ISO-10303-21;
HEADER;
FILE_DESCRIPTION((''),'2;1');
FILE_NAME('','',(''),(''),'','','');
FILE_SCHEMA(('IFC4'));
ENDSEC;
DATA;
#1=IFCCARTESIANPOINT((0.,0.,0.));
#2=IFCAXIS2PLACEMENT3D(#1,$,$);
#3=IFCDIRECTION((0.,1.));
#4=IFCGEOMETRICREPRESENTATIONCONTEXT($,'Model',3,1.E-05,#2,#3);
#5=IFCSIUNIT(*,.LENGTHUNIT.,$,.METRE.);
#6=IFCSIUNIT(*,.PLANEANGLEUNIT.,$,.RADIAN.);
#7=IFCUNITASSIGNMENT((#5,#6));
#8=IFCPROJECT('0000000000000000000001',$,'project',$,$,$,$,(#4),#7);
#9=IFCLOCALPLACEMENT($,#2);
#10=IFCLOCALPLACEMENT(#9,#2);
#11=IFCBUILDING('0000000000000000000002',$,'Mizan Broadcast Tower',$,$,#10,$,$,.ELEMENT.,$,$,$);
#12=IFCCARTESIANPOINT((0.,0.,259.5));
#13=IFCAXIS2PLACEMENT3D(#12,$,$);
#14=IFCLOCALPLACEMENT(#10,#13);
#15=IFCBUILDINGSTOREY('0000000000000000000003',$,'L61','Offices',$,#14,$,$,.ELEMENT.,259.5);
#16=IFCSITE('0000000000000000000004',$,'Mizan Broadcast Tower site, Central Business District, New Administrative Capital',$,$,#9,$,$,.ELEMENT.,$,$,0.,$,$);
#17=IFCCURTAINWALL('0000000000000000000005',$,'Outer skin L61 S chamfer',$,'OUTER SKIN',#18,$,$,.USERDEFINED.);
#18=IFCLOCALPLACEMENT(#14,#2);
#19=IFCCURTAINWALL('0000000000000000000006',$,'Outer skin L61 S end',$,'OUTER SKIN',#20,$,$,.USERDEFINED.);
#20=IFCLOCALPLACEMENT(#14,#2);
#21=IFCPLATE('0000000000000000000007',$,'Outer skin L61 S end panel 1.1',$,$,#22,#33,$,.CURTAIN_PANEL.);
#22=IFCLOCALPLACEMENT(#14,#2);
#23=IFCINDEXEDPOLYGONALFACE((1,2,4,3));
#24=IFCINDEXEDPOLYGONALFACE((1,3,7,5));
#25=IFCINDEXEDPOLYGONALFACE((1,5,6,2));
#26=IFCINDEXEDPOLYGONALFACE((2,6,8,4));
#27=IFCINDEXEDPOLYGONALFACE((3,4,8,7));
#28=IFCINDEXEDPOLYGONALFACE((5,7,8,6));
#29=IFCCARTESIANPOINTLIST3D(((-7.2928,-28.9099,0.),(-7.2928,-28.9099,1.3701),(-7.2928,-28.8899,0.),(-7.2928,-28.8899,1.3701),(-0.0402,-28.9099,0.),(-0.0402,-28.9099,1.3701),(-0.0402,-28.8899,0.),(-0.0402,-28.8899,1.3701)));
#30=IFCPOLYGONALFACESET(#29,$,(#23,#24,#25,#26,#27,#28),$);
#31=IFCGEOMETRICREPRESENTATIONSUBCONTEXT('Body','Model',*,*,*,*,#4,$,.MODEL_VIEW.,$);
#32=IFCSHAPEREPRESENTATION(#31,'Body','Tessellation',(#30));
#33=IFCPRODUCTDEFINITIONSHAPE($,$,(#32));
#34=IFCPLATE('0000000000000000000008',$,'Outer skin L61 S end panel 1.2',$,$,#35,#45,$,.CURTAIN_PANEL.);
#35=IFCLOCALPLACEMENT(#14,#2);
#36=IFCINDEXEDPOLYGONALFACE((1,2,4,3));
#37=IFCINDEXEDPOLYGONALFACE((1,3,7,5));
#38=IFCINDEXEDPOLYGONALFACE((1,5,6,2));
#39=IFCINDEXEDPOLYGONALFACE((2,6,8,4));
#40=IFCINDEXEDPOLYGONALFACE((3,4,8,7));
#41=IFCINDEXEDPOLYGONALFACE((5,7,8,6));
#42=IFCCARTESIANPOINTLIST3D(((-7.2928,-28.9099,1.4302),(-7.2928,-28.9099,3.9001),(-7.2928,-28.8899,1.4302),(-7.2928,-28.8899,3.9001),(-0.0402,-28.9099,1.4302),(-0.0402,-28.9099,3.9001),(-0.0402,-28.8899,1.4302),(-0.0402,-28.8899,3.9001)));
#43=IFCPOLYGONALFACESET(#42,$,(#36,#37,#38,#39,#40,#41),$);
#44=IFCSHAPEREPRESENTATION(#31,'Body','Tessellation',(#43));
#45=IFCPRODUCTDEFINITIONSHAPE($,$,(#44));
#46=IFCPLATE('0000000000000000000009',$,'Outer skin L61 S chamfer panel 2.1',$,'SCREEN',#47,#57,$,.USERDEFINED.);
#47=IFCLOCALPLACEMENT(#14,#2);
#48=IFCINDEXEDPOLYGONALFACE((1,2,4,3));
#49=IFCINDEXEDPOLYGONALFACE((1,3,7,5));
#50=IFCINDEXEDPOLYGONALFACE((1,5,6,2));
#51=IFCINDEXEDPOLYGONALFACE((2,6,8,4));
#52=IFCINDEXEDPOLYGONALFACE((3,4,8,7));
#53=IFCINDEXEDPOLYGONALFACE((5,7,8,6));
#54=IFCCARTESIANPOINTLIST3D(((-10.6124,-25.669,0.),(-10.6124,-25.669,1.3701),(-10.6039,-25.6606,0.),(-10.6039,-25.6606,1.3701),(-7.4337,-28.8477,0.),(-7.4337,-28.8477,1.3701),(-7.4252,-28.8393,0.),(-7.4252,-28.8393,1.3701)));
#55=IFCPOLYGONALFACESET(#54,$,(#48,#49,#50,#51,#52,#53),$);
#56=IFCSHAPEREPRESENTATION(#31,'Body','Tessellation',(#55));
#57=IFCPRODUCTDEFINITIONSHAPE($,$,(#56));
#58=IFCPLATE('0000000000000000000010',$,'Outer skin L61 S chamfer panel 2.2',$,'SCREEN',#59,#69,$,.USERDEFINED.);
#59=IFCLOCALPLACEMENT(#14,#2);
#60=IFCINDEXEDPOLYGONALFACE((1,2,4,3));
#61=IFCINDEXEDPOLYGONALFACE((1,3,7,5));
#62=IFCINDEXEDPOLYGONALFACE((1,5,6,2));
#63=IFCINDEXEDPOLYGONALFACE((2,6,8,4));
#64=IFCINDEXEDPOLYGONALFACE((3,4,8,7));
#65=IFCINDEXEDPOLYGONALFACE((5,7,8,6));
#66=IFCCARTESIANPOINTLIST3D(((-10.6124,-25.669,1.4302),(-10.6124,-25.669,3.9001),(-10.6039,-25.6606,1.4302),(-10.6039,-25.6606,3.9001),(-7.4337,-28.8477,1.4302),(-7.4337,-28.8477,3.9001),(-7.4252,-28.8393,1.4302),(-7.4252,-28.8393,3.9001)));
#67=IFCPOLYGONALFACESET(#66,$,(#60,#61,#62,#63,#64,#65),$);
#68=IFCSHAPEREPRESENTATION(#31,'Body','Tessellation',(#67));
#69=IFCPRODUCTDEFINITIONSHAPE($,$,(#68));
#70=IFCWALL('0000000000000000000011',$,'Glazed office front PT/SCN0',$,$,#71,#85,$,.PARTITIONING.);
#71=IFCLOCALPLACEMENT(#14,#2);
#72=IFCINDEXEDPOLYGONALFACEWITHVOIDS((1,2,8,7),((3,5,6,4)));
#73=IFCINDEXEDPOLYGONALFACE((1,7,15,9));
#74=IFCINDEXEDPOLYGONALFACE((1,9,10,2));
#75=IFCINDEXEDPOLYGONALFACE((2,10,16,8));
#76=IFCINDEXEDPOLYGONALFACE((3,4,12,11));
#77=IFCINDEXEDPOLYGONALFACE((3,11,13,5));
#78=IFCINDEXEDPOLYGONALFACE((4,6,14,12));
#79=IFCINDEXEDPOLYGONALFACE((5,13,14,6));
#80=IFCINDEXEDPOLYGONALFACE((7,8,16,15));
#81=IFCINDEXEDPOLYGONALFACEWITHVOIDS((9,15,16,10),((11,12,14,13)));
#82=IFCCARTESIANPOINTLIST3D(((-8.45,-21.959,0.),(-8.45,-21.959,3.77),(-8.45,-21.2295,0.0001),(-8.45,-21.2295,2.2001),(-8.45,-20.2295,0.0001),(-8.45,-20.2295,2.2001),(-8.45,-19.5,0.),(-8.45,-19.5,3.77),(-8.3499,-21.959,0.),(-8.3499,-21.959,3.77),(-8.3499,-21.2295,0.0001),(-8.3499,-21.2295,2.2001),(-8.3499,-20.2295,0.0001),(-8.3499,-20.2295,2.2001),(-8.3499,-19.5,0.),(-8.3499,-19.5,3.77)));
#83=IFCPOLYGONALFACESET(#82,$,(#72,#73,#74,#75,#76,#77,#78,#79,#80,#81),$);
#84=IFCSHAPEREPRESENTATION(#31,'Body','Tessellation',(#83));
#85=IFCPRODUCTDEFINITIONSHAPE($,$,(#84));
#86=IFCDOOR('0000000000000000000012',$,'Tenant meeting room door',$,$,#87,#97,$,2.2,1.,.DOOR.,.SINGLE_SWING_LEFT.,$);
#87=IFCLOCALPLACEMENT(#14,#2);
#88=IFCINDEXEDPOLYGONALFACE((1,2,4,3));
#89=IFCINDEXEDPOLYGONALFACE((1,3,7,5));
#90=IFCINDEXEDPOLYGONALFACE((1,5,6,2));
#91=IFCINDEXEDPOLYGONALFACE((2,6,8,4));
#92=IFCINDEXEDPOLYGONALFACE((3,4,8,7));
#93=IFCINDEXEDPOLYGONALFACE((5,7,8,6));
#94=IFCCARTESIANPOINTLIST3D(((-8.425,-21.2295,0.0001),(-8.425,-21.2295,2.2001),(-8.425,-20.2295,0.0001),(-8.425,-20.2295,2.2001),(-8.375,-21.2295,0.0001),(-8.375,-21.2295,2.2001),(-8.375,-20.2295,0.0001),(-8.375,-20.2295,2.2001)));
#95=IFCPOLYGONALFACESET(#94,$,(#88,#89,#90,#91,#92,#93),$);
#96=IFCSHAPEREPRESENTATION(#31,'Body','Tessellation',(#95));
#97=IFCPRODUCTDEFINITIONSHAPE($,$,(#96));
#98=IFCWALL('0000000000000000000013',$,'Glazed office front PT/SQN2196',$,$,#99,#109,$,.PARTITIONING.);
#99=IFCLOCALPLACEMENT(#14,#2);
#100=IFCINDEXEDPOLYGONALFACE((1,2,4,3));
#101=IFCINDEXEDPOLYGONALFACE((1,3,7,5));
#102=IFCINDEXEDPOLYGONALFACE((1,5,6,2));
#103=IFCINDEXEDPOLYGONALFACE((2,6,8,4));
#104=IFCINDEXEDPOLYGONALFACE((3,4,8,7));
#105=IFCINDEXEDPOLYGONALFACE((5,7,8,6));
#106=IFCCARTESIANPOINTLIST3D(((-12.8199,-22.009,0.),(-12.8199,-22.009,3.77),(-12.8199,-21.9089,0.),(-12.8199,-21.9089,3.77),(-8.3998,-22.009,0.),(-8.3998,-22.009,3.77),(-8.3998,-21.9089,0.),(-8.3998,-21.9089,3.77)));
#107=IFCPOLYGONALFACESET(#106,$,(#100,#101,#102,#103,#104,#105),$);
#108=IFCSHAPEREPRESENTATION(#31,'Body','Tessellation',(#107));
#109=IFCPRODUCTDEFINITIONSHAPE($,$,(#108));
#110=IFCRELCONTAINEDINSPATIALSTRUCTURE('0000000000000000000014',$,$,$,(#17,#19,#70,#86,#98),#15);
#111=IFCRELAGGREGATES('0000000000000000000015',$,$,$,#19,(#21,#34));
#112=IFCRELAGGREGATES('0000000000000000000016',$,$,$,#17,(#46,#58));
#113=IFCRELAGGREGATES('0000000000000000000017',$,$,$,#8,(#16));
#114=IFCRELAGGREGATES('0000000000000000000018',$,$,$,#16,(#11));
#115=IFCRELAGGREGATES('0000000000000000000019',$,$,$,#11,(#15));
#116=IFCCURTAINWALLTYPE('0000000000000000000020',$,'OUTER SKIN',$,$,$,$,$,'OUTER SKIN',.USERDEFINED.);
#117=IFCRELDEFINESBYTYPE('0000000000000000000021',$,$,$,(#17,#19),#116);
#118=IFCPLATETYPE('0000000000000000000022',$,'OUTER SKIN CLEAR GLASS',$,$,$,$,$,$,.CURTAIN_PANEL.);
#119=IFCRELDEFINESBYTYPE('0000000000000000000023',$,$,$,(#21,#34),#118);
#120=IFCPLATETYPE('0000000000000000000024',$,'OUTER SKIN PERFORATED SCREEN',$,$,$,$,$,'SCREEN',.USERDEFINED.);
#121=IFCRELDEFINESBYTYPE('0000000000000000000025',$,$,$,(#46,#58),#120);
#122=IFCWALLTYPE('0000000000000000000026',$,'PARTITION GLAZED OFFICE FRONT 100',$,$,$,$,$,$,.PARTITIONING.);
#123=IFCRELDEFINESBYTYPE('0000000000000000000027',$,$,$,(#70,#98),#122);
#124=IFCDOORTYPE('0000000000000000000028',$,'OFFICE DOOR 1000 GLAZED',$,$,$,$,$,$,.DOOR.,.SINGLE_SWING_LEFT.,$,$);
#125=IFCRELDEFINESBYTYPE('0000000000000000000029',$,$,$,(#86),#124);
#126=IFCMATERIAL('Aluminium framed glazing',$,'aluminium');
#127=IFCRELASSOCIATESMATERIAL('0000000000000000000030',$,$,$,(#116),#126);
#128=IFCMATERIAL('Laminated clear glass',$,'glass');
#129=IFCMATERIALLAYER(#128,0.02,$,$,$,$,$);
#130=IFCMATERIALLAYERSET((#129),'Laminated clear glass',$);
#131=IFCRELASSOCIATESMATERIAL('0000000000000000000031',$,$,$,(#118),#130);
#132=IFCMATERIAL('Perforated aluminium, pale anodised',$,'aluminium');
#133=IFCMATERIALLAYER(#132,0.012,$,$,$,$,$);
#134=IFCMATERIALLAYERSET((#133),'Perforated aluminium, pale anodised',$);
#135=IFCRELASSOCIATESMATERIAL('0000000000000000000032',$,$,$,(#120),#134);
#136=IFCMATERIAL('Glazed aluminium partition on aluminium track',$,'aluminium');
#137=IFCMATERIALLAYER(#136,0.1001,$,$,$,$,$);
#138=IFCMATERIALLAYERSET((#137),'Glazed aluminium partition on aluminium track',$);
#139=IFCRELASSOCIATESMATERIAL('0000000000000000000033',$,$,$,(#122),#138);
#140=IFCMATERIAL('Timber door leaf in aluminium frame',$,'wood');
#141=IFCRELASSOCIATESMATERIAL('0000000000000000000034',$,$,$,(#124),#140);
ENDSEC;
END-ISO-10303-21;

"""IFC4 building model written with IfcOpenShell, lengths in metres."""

from ifc_helpers import new_model, si_unit, direction, frame, frame_2d, origin, origin_2d, place, context, subcontext, project, spatial, rectangle, extrude, material, layer, layer_set, type_object, element, fill, aggregate, save


model = new_model("IFC4")

# Units and contexts
model_context = context("Model", 3, precision=1e-05, world=origin(), true_north=direction((0.0, 1.0)))
body_context = subcontext(model_context, "Body", "Model", "MODEL_VIEW")
ifc_project = project(units=[si_unit("LENGTHUNIT", "METRE"), si_unit("PLANEANGLEUNIT", "RADIAN")], contexts=[model_context])

# Site, building, storey
site_placement = place(None, origin())
site = spatial("IfcSite", under=ifc_project, at=site_placement, Name="Mizan Broadcast Tower site, Central Business District, New Administrative Capital", CompositionType="ELEMENT", RefElevation=0.0)
building_placement = place(site_placement, origin())
building = spatial("IfcBuilding", under=site, at=building_placement, Name="Mizan Broadcast Tower", CompositionType="ELEMENT")
storey_placement = place(building_placement, frame((0.0, 0.0, 259.5)))
storey = spatial("IfcBuildingStorey", under=building, at=storey_placement, Name="L61", Description="Offices", CompositionType="ELEMENT", Elevation=259.5)

# Curtain wall
ifc_material_1 = material(Name="Aluminium framed glazing", Category="aluminium")
curtain_wall_type_1 = type_object("IfcCurtainWallType", Name="OUTER SKIN", ElementType="OUTER SKIN", PredefinedType="USERDEFINED", material=ifc_material_1)
curtain_wall_1_placement = place(storey_placement, origin())
curtain_wall_1 = element("IfcCurtainWall", 1, at=curtain_wall_1_placement, inside=storey, type_object=curtain_wall_type_1, Name="Outer skin L61 S chamfer", ObjectType="OUTER SKIN", PredefinedType="USERDEFINED")

# Curtain wall
curtain_wall_2_placement = place(storey_placement, origin())
curtain_wall_2 = element("IfcCurtainWall", 2, at=curtain_wall_2_placement, inside=storey, type_object=curtain_wall_type_1, Name="Outer skin L61 S end", ObjectType="OUTER SKIN", PredefinedType="USERDEFINED")

# Plates
ifc_material_2 = material(Name="Laminated clear glass", Category="glass")
ifc_layer_1 = layer(ifc_material_2, 0.02)
ifc_layer_set_1 = layer_set([ifc_layer_1], Name="Laminated clear glass")
plate_type_1 = type_object("IfcPlateType", Name="OUTER SKIN CLEAR GLASS", PredefinedType="CURTAIN_PANEL", material=ifc_layer_set_1)
plate_1_placement = place(storey_placement, frame((-3.6665, -28.8999, 0.0), z_axis=(0.0, 0.0, 1.0), x_axis=(1.0, 0.0, 0.0)))
plate_1 = element("IfcPlate", 3, at=plate_1_placement, type_object=plate_type_1, Name="Outer skin L61 S end panel 1.1", PredefinedType="CURTAIN_PANEL", context=body_context, shape_type="SweptSolid", body=[
    extrude(rectangle(XDim=7.2527, YDim=0.02, at=origin_2d()), origin(), (0.0, 0.0, 1.0), 1.3701),
])
plate_2_placement = place(storey_placement, frame((-3.6665, -28.8999, 1.4302), z_axis=(0.0, 0.0, 1.0), x_axis=(1.0, 0.0, 0.0)))
plate_2 = element("IfcPlate", 4, at=plate_2_placement, type_object=plate_type_1, Name="Outer skin L61 S end panel 1.2", PredefinedType="CURTAIN_PANEL", context=body_context, shape_type="SweptSolid", body=[
    extrude(rectangle(XDim=7.2527, YDim=0.02, at=origin_2d()), origin(), (0.0, 0.0, 1.0), 2.47),
])
aggregate(curtain_wall_2, [plate_1, plate_2])
ifc_material_3 = material(Name="Perforated aluminium, pale anodised", Category="aluminium")
ifc_layer_2 = layer(ifc_material_3, 0.012)
ifc_layer_set_2 = layer_set([ifc_layer_2], Name="Perforated aluminium, pale anodised")
plate_type_2 = type_object("IfcPlateType", Name="OUTER SKIN PERFORATED SCREEN", ElementType="SCREEN", PredefinedType="USERDEFINED", material=ifc_layer_set_2)
plate_3_placement = place(storey_placement, frame((-9.0188, -27.2542, 0.0), z_axis=(0.0, 0.0, 1.0), x_axis=(0.707107, -0.707107, 0.0)))
plate_3 = element("IfcPlate", 5, at=plate_3_placement, type_object=plate_type_2, Name="Outer skin L61 S chamfer panel 2.1", ObjectType="SCREEN", PredefinedType="USERDEFINED", context=body_context, shape_type="SweptSolid", body=[
    extrude(rectangle(XDim=4.4954, YDim=0.012, at=origin_2d()), origin(), (0.0, 0.0, 1.0), 1.3701),
])
plate_4_placement = place(storey_placement, frame((-9.0188, -27.2542, 1.4302), z_axis=(0.0, 0.0, 1.0), x_axis=(0.707107, -0.707107, 0.0)))
plate_4 = element("IfcPlate", 6, at=plate_4_placement, type_object=plate_type_2, Name="Outer skin L61 S chamfer panel 2.2", ObjectType="SCREEN", PredefinedType="USERDEFINED", context=body_context, shape_type="SweptSolid", body=[
    extrude(rectangle(XDim=4.4954, YDim=0.012, at=origin_2d()), origin(), (0.0, 0.0, 1.0), 2.47),
])
aggregate(curtain_wall_1, [plate_3, plate_4])

# Wall, opening, door
ifc_material_4 = material(Name="Glazed aluminium partition on aluminium track", Category="aluminium")
ifc_layer_3 = layer(ifc_material_4, 0.1001)
ifc_layer_set_3 = layer_set([ifc_layer_3], Name="Glazed aluminium partition on aluminium track")
wall_type = type_object("IfcWallType", Name="PARTITION GLAZED OFFICE FRONT 100", PredefinedType="PARTITIONING", material=ifc_layer_set_3)
wall_1_placement = place(storey_placement, frame((-8.3999, -19.5, 0.0), z_axis=(0.0, 0.0, 1.0), x_axis=(0.0, -1.0, 0.0)))
wall_1 = element("IfcWall", 7, at=wall_1_placement, inside=storey, type_object=wall_type, Name="Glazed office front PT/SCN0", PredefinedType="PARTITIONING", context=body_context, shape_type="SweptSolid", body=[
    extrude(rectangle(XDim=2.459, YDim=0.1001, at=frame_2d((1.2295, 0.0))), origin(), (0.0, 0.0, 1.0), 3.77),
])
opening_placement = place(wall_1_placement, frame((0.7295, 0.0, 0.0)))
opening = element("IfcOpeningElement", 8, at=opening_placement, cuts=wall_1, PredefinedType="OPENING", context=body_context, shape_type="SweptSolid", body=[
    extrude(rectangle(XDim=1.0, YDim=2.2, at=frame_2d((0.5, 1.1001))), frame((0.0, 0.0601, 0.0), z_axis=(0.0, -1.0, 0.0), x_axis=(1.0, 0.0, 0.0)), (0.0, 0.0, 1.0), 0.1201),
])
ifc_material_5 = material(Name="Timber door leaf in aluminium frame", Category="wood")
door_type = type_object("IfcDoorType", Name="OFFICE DOOR 1000 GLAZED", OperationType="SINGLE_SWING_LEFT", PredefinedType="DOOR", material=ifc_material_5)
door_placement = place(opening_placement, origin())
door = element("IfcDoor", 9, at=door_placement, inside=storey, type_object=door_type, Name="Tenant meeting room door", OperationType="SINGLE_SWING_LEFT", OverallHeight=2.2, OverallWidth=1.0, PredefinedType="DOOR", context=body_context, shape_type="SweptSolid", body=[
    extrude(rectangle(XDim=1.0, YDim=2.2, at=frame_2d((0.5, 1.1001))), frame((0.0, 0.0249, 0.0), z_axis=(0.0, -1.0, 0.0), x_axis=(1.0, 0.0, 0.0)), (0.0, 0.0, 1.0), 0.05),
])
fill(opening, door)

# Wall
wall_2_placement = place(storey_placement, frame((-8.3999, -21.959, 0.0), z_axis=(0.0, 0.0, 1.0), x_axis=(-1.0, 0.0, 0.0)))
element("IfcWall", 10, at=wall_2_placement, inside=storey, type_object=wall_type, Name="Glazed office front PT/SQN2196", PredefinedType="PARTITIONING", context=body_context, shape_type="SweptSolid", body=[
    extrude(rectangle(XDim=4.4202, YDim=0.1001, at=frame_2d((2.21, 0.0))), origin(), (0.0, 0.0, 1.0), 3.77),
])

save(model, "model.ifc")
